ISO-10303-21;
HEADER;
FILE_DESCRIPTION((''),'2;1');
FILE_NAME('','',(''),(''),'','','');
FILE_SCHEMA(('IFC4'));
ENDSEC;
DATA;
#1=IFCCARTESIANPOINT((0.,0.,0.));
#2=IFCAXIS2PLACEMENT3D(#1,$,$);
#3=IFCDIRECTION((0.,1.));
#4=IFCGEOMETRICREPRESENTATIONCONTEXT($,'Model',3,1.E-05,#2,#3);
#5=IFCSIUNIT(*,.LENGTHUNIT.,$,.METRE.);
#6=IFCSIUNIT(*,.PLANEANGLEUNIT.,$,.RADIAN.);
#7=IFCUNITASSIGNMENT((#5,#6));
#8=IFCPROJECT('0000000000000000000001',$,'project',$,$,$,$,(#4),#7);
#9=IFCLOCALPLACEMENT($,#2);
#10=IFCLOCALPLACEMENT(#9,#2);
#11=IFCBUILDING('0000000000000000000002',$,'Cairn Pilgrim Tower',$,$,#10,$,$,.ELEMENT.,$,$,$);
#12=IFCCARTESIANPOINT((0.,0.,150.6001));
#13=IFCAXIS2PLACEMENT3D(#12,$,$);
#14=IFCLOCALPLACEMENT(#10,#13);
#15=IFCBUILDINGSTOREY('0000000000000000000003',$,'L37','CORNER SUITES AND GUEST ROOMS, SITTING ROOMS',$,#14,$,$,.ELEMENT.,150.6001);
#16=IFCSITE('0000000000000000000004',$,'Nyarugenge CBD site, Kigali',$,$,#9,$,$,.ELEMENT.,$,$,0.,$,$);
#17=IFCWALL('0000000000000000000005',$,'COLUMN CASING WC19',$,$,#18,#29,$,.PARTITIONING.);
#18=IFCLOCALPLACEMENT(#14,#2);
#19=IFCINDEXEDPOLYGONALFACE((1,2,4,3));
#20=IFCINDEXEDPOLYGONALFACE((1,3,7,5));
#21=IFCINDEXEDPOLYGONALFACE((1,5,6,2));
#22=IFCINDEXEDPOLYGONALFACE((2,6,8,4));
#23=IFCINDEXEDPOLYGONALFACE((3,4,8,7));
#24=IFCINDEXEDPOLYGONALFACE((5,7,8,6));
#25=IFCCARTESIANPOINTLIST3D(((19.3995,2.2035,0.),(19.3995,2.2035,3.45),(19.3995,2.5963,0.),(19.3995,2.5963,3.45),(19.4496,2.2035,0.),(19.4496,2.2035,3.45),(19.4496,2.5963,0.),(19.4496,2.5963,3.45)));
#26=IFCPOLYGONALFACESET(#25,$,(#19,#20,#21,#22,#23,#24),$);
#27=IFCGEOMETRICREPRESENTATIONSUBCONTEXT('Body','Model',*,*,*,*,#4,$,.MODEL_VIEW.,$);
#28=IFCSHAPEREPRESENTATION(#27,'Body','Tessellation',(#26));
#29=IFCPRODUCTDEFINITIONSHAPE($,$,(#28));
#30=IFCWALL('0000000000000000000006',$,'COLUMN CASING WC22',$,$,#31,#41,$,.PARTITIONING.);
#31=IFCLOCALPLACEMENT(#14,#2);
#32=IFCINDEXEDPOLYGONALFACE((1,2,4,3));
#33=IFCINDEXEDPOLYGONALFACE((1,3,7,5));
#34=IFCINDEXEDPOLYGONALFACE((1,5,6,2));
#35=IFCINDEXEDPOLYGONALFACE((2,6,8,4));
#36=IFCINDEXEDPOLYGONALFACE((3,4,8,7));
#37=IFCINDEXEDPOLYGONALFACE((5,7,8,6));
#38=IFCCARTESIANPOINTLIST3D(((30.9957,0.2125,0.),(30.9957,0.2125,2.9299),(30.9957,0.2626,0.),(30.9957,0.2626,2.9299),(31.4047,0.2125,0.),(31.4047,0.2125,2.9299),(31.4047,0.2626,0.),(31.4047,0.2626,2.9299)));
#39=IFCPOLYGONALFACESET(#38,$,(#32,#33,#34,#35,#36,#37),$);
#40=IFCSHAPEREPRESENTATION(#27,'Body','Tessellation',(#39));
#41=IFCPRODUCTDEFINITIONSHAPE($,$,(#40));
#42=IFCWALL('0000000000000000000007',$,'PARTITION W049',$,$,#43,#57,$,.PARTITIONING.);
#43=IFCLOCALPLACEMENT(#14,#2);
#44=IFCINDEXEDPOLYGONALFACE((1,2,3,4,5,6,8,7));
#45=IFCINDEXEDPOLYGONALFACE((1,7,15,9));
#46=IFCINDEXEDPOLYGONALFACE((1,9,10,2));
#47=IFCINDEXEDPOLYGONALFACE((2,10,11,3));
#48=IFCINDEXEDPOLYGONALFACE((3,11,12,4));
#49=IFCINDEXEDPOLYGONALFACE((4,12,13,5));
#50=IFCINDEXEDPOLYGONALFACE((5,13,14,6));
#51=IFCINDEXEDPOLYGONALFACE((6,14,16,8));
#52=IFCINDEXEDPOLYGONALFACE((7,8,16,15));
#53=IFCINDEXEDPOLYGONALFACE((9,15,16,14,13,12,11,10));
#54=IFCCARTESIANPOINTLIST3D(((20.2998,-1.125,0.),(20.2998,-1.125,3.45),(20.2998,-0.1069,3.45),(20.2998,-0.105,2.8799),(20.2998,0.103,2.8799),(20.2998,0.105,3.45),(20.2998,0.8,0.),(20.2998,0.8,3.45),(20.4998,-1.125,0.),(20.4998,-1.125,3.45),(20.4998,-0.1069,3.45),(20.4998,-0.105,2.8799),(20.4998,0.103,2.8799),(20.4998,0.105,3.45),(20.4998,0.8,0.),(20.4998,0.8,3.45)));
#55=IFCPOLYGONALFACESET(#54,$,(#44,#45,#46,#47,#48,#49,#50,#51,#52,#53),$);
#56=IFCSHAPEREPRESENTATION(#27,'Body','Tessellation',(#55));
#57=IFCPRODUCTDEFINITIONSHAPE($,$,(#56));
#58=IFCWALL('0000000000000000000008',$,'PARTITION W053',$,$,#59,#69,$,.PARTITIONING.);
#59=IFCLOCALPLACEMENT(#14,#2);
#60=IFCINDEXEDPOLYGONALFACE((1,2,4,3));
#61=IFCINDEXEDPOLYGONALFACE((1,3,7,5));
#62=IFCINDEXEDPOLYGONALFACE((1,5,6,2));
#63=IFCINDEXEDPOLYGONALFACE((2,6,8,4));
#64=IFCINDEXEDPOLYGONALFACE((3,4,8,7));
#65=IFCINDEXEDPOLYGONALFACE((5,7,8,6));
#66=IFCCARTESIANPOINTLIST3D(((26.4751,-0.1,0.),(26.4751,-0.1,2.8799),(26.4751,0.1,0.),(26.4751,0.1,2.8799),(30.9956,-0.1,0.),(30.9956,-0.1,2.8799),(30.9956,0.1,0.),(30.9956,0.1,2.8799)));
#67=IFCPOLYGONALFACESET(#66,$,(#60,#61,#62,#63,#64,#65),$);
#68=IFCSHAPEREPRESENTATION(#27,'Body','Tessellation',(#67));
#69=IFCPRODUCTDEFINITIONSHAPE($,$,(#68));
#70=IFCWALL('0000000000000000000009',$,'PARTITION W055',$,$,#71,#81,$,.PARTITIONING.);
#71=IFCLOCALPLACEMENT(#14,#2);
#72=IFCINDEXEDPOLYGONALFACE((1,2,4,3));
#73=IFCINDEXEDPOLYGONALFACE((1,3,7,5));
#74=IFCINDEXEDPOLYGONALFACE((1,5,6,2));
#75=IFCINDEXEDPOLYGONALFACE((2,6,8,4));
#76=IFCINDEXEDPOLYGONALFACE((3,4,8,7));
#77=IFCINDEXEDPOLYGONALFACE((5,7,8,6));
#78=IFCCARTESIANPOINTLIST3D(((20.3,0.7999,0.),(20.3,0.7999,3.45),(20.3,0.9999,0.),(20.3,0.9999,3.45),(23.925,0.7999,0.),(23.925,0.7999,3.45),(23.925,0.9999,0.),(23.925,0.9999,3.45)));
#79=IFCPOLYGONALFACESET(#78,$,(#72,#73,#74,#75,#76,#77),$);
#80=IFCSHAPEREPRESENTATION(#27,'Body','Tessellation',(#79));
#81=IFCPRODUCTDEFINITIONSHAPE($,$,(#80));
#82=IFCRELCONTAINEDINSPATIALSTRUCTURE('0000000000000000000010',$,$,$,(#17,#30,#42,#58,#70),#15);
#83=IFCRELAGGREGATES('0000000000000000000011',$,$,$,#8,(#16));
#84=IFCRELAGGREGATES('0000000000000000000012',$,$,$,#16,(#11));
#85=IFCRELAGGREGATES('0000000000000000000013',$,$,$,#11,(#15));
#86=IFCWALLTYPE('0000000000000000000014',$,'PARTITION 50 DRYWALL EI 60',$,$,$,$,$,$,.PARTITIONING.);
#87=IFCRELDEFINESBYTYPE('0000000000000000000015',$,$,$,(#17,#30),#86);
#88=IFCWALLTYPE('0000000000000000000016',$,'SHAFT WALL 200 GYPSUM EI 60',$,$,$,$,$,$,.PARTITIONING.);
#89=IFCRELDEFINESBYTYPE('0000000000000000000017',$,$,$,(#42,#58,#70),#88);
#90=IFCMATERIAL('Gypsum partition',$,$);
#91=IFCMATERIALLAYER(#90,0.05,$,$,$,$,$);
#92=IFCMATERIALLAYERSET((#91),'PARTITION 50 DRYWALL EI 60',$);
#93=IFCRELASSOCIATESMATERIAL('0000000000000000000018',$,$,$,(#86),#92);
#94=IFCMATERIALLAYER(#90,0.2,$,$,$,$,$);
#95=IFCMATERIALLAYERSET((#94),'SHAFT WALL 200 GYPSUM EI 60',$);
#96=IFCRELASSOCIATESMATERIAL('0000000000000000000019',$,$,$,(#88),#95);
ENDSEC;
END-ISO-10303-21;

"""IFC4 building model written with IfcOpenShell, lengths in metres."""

from ifc_helpers import new_model, si_unit, direction, frame, frame_2d, origin, place, context, subcontext, project, spatial, polyline, rectangle, outline, extrude, material, layer, layer_set, type_object, element, save


model = new_model("IFC4")

# Units and contexts
model_context = context("Model", 3, precision=1e-05, world=origin(), true_north=direction((0.0, 1.0)))
body_context = subcontext(model_context, "Body", "Model", "MODEL_VIEW")
ifc_project = project(units=[si_unit("LENGTHUNIT", "METRE"), si_unit("PLANEANGLEUNIT", "RADIAN")], contexts=[model_context])

# Site, building, storey
site_placement = place(None, origin())
site = spatial("IfcSite", under=ifc_project, at=site_placement, Name="Nyarugenge CBD site, Kigali", CompositionType="ELEMENT", RefElevation=0.0)
building_placement = place(site_placement, origin())
building = spatial("IfcBuilding", under=site, at=building_placement, Name="Cairn Pilgrim Tower", CompositionType="ELEMENT")
storey_placement = place(building_placement, frame((0.0, 0.0, 150.6001)))
storey = spatial("IfcBuildingStorey", under=building, at=storey_placement, Name="L37", Description="CORNER SUITES AND GUEST ROOMS, SITTING ROOMS", CompositionType="ELEMENT", Elevation=150.6001)

# Shared definitions
ifc_material_1 = material(Name="Gypsum partition")

# Walls
ifc_layer_1 = layer(ifc_material_1, 0.05)
ifc_layer_set_1 = layer_set([ifc_layer_1], Name="PARTITION 50 DRYWALL EI 60")
wall_type_1 = type_object("IfcWallType", Name="PARTITION 50 DRYWALL EI 60", PredefinedType="PARTITIONING", material=ifc_layer_set_1)
wall_1_placement = place(storey_placement, frame((19.4246, 2.2036, 0.0), z_axis=(0.0, 0.0, 1.0), x_axis=(0.0, 1.0, 0.0)))
element("IfcWall", 1, at=wall_1_placement, inside=storey, type_object=wall_type_1, Name="COLUMN CASING WC19", PredefinedType="PARTITIONING", context=body_context, shape_type="SweptSolid", body=[
    extrude(rectangle(XDim=0.3928, YDim=0.05, at=frame_2d((0.1963, 0.0))), origin(), (0.0, 0.0, 1.0), 3.45),
])
wall_2_placement = place(storey_placement, frame((30.9956, 0.2375, 0.0), z_axis=(0.0, 0.0, 1.0), x_axis=(1.0, 0.0, 0.0)))
element("IfcWall", 2, at=wall_2_placement, inside=storey, type_object=wall_type_1, Name="COLUMN CASING WC22", PredefinedType="PARTITIONING", context=body_context, shape_type="SweptSolid", body=[
    extrude(rectangle(XDim=0.4089, YDim=0.05, at=frame_2d((0.2046, 0.0))), origin(), (0.0, 0.0, 1.0), 2.9299),
])
ifc_layer_2 = layer(ifc_material_1, 0.2)
ifc_layer_set_2 = layer_set([ifc_layer_2], Name="SHAFT WALL 200 GYPSUM EI 60")
wall_type_2 = type_object("IfcWallType", Name="SHAFT WALL 200 GYPSUM EI 60", PredefinedType="PARTITIONING", material=ifc_layer_set_2)
wall_3_placement = place(storey_placement, frame((20.3999, -1.125, 0.0), z_axis=(0.0, 0.0, 1.0), x_axis=(0.0, 1.0, 0.0)))
element("IfcWall", 3, at=wall_3_placement, inside=storey, type_object=wall_type_2, Name="PARTITION W049", PredefinedType="PARTITIONING", context=body_context, shape_type="SweptSolid", body=[
    extrude(outline(polyline([(0.0, 0.0), (1.925, 0.0), (1.925, 3.45), (1.23, 3.45), (1.228, 2.8799), (1.02, 2.8799), (1.0181, 3.45), (0.0, 3.45), (0.0, 0.0)])), frame((0.0, 0.1001, 0.0), z_axis=(0.0, -1.0, 0.0), x_axis=(1.0, 0.0, 0.0)), (0.0, 0.0, 1.0), 0.2),
])
wall_4_placement = place(storey_placement, frame((26.4751, 0.0, 0.0), z_axis=(0.0, 0.0, 1.0), x_axis=(1.0, 0.0, 0.0)))
element("IfcWall", 4, at=wall_4_placement, inside=storey, type_object=wall_type_2, Name="PARTITION W053", PredefinedType="PARTITIONING", context=body_context, shape_type="SweptSolid", body=[
    extrude(rectangle(XDim=4.5205, YDim=0.2, at=frame_2d((2.2603, 0.0))), origin(), (0.0, 0.0, 1.0), 2.8799),
])
wall_5_placement = place(storey_placement, frame((20.3, 0.8999, 0.0), z_axis=(0.0, 0.0, 1.0), x_axis=(1.0, 0.0, 0.0)))
element("IfcWall", 5, at=wall_5_placement, inside=storey, type_object=wall_type_2, Name="PARTITION W055", PredefinedType="PARTITIONING", context=body_context, shape_type="SweptSolid", body=[
    extrude(rectangle(XDim=3.625, YDim=0.2, at=frame_2d((1.8125, 0.0))), origin(), (0.0, 0.0, 1.0), 3.45),
])

save(model, "model.ifc")
